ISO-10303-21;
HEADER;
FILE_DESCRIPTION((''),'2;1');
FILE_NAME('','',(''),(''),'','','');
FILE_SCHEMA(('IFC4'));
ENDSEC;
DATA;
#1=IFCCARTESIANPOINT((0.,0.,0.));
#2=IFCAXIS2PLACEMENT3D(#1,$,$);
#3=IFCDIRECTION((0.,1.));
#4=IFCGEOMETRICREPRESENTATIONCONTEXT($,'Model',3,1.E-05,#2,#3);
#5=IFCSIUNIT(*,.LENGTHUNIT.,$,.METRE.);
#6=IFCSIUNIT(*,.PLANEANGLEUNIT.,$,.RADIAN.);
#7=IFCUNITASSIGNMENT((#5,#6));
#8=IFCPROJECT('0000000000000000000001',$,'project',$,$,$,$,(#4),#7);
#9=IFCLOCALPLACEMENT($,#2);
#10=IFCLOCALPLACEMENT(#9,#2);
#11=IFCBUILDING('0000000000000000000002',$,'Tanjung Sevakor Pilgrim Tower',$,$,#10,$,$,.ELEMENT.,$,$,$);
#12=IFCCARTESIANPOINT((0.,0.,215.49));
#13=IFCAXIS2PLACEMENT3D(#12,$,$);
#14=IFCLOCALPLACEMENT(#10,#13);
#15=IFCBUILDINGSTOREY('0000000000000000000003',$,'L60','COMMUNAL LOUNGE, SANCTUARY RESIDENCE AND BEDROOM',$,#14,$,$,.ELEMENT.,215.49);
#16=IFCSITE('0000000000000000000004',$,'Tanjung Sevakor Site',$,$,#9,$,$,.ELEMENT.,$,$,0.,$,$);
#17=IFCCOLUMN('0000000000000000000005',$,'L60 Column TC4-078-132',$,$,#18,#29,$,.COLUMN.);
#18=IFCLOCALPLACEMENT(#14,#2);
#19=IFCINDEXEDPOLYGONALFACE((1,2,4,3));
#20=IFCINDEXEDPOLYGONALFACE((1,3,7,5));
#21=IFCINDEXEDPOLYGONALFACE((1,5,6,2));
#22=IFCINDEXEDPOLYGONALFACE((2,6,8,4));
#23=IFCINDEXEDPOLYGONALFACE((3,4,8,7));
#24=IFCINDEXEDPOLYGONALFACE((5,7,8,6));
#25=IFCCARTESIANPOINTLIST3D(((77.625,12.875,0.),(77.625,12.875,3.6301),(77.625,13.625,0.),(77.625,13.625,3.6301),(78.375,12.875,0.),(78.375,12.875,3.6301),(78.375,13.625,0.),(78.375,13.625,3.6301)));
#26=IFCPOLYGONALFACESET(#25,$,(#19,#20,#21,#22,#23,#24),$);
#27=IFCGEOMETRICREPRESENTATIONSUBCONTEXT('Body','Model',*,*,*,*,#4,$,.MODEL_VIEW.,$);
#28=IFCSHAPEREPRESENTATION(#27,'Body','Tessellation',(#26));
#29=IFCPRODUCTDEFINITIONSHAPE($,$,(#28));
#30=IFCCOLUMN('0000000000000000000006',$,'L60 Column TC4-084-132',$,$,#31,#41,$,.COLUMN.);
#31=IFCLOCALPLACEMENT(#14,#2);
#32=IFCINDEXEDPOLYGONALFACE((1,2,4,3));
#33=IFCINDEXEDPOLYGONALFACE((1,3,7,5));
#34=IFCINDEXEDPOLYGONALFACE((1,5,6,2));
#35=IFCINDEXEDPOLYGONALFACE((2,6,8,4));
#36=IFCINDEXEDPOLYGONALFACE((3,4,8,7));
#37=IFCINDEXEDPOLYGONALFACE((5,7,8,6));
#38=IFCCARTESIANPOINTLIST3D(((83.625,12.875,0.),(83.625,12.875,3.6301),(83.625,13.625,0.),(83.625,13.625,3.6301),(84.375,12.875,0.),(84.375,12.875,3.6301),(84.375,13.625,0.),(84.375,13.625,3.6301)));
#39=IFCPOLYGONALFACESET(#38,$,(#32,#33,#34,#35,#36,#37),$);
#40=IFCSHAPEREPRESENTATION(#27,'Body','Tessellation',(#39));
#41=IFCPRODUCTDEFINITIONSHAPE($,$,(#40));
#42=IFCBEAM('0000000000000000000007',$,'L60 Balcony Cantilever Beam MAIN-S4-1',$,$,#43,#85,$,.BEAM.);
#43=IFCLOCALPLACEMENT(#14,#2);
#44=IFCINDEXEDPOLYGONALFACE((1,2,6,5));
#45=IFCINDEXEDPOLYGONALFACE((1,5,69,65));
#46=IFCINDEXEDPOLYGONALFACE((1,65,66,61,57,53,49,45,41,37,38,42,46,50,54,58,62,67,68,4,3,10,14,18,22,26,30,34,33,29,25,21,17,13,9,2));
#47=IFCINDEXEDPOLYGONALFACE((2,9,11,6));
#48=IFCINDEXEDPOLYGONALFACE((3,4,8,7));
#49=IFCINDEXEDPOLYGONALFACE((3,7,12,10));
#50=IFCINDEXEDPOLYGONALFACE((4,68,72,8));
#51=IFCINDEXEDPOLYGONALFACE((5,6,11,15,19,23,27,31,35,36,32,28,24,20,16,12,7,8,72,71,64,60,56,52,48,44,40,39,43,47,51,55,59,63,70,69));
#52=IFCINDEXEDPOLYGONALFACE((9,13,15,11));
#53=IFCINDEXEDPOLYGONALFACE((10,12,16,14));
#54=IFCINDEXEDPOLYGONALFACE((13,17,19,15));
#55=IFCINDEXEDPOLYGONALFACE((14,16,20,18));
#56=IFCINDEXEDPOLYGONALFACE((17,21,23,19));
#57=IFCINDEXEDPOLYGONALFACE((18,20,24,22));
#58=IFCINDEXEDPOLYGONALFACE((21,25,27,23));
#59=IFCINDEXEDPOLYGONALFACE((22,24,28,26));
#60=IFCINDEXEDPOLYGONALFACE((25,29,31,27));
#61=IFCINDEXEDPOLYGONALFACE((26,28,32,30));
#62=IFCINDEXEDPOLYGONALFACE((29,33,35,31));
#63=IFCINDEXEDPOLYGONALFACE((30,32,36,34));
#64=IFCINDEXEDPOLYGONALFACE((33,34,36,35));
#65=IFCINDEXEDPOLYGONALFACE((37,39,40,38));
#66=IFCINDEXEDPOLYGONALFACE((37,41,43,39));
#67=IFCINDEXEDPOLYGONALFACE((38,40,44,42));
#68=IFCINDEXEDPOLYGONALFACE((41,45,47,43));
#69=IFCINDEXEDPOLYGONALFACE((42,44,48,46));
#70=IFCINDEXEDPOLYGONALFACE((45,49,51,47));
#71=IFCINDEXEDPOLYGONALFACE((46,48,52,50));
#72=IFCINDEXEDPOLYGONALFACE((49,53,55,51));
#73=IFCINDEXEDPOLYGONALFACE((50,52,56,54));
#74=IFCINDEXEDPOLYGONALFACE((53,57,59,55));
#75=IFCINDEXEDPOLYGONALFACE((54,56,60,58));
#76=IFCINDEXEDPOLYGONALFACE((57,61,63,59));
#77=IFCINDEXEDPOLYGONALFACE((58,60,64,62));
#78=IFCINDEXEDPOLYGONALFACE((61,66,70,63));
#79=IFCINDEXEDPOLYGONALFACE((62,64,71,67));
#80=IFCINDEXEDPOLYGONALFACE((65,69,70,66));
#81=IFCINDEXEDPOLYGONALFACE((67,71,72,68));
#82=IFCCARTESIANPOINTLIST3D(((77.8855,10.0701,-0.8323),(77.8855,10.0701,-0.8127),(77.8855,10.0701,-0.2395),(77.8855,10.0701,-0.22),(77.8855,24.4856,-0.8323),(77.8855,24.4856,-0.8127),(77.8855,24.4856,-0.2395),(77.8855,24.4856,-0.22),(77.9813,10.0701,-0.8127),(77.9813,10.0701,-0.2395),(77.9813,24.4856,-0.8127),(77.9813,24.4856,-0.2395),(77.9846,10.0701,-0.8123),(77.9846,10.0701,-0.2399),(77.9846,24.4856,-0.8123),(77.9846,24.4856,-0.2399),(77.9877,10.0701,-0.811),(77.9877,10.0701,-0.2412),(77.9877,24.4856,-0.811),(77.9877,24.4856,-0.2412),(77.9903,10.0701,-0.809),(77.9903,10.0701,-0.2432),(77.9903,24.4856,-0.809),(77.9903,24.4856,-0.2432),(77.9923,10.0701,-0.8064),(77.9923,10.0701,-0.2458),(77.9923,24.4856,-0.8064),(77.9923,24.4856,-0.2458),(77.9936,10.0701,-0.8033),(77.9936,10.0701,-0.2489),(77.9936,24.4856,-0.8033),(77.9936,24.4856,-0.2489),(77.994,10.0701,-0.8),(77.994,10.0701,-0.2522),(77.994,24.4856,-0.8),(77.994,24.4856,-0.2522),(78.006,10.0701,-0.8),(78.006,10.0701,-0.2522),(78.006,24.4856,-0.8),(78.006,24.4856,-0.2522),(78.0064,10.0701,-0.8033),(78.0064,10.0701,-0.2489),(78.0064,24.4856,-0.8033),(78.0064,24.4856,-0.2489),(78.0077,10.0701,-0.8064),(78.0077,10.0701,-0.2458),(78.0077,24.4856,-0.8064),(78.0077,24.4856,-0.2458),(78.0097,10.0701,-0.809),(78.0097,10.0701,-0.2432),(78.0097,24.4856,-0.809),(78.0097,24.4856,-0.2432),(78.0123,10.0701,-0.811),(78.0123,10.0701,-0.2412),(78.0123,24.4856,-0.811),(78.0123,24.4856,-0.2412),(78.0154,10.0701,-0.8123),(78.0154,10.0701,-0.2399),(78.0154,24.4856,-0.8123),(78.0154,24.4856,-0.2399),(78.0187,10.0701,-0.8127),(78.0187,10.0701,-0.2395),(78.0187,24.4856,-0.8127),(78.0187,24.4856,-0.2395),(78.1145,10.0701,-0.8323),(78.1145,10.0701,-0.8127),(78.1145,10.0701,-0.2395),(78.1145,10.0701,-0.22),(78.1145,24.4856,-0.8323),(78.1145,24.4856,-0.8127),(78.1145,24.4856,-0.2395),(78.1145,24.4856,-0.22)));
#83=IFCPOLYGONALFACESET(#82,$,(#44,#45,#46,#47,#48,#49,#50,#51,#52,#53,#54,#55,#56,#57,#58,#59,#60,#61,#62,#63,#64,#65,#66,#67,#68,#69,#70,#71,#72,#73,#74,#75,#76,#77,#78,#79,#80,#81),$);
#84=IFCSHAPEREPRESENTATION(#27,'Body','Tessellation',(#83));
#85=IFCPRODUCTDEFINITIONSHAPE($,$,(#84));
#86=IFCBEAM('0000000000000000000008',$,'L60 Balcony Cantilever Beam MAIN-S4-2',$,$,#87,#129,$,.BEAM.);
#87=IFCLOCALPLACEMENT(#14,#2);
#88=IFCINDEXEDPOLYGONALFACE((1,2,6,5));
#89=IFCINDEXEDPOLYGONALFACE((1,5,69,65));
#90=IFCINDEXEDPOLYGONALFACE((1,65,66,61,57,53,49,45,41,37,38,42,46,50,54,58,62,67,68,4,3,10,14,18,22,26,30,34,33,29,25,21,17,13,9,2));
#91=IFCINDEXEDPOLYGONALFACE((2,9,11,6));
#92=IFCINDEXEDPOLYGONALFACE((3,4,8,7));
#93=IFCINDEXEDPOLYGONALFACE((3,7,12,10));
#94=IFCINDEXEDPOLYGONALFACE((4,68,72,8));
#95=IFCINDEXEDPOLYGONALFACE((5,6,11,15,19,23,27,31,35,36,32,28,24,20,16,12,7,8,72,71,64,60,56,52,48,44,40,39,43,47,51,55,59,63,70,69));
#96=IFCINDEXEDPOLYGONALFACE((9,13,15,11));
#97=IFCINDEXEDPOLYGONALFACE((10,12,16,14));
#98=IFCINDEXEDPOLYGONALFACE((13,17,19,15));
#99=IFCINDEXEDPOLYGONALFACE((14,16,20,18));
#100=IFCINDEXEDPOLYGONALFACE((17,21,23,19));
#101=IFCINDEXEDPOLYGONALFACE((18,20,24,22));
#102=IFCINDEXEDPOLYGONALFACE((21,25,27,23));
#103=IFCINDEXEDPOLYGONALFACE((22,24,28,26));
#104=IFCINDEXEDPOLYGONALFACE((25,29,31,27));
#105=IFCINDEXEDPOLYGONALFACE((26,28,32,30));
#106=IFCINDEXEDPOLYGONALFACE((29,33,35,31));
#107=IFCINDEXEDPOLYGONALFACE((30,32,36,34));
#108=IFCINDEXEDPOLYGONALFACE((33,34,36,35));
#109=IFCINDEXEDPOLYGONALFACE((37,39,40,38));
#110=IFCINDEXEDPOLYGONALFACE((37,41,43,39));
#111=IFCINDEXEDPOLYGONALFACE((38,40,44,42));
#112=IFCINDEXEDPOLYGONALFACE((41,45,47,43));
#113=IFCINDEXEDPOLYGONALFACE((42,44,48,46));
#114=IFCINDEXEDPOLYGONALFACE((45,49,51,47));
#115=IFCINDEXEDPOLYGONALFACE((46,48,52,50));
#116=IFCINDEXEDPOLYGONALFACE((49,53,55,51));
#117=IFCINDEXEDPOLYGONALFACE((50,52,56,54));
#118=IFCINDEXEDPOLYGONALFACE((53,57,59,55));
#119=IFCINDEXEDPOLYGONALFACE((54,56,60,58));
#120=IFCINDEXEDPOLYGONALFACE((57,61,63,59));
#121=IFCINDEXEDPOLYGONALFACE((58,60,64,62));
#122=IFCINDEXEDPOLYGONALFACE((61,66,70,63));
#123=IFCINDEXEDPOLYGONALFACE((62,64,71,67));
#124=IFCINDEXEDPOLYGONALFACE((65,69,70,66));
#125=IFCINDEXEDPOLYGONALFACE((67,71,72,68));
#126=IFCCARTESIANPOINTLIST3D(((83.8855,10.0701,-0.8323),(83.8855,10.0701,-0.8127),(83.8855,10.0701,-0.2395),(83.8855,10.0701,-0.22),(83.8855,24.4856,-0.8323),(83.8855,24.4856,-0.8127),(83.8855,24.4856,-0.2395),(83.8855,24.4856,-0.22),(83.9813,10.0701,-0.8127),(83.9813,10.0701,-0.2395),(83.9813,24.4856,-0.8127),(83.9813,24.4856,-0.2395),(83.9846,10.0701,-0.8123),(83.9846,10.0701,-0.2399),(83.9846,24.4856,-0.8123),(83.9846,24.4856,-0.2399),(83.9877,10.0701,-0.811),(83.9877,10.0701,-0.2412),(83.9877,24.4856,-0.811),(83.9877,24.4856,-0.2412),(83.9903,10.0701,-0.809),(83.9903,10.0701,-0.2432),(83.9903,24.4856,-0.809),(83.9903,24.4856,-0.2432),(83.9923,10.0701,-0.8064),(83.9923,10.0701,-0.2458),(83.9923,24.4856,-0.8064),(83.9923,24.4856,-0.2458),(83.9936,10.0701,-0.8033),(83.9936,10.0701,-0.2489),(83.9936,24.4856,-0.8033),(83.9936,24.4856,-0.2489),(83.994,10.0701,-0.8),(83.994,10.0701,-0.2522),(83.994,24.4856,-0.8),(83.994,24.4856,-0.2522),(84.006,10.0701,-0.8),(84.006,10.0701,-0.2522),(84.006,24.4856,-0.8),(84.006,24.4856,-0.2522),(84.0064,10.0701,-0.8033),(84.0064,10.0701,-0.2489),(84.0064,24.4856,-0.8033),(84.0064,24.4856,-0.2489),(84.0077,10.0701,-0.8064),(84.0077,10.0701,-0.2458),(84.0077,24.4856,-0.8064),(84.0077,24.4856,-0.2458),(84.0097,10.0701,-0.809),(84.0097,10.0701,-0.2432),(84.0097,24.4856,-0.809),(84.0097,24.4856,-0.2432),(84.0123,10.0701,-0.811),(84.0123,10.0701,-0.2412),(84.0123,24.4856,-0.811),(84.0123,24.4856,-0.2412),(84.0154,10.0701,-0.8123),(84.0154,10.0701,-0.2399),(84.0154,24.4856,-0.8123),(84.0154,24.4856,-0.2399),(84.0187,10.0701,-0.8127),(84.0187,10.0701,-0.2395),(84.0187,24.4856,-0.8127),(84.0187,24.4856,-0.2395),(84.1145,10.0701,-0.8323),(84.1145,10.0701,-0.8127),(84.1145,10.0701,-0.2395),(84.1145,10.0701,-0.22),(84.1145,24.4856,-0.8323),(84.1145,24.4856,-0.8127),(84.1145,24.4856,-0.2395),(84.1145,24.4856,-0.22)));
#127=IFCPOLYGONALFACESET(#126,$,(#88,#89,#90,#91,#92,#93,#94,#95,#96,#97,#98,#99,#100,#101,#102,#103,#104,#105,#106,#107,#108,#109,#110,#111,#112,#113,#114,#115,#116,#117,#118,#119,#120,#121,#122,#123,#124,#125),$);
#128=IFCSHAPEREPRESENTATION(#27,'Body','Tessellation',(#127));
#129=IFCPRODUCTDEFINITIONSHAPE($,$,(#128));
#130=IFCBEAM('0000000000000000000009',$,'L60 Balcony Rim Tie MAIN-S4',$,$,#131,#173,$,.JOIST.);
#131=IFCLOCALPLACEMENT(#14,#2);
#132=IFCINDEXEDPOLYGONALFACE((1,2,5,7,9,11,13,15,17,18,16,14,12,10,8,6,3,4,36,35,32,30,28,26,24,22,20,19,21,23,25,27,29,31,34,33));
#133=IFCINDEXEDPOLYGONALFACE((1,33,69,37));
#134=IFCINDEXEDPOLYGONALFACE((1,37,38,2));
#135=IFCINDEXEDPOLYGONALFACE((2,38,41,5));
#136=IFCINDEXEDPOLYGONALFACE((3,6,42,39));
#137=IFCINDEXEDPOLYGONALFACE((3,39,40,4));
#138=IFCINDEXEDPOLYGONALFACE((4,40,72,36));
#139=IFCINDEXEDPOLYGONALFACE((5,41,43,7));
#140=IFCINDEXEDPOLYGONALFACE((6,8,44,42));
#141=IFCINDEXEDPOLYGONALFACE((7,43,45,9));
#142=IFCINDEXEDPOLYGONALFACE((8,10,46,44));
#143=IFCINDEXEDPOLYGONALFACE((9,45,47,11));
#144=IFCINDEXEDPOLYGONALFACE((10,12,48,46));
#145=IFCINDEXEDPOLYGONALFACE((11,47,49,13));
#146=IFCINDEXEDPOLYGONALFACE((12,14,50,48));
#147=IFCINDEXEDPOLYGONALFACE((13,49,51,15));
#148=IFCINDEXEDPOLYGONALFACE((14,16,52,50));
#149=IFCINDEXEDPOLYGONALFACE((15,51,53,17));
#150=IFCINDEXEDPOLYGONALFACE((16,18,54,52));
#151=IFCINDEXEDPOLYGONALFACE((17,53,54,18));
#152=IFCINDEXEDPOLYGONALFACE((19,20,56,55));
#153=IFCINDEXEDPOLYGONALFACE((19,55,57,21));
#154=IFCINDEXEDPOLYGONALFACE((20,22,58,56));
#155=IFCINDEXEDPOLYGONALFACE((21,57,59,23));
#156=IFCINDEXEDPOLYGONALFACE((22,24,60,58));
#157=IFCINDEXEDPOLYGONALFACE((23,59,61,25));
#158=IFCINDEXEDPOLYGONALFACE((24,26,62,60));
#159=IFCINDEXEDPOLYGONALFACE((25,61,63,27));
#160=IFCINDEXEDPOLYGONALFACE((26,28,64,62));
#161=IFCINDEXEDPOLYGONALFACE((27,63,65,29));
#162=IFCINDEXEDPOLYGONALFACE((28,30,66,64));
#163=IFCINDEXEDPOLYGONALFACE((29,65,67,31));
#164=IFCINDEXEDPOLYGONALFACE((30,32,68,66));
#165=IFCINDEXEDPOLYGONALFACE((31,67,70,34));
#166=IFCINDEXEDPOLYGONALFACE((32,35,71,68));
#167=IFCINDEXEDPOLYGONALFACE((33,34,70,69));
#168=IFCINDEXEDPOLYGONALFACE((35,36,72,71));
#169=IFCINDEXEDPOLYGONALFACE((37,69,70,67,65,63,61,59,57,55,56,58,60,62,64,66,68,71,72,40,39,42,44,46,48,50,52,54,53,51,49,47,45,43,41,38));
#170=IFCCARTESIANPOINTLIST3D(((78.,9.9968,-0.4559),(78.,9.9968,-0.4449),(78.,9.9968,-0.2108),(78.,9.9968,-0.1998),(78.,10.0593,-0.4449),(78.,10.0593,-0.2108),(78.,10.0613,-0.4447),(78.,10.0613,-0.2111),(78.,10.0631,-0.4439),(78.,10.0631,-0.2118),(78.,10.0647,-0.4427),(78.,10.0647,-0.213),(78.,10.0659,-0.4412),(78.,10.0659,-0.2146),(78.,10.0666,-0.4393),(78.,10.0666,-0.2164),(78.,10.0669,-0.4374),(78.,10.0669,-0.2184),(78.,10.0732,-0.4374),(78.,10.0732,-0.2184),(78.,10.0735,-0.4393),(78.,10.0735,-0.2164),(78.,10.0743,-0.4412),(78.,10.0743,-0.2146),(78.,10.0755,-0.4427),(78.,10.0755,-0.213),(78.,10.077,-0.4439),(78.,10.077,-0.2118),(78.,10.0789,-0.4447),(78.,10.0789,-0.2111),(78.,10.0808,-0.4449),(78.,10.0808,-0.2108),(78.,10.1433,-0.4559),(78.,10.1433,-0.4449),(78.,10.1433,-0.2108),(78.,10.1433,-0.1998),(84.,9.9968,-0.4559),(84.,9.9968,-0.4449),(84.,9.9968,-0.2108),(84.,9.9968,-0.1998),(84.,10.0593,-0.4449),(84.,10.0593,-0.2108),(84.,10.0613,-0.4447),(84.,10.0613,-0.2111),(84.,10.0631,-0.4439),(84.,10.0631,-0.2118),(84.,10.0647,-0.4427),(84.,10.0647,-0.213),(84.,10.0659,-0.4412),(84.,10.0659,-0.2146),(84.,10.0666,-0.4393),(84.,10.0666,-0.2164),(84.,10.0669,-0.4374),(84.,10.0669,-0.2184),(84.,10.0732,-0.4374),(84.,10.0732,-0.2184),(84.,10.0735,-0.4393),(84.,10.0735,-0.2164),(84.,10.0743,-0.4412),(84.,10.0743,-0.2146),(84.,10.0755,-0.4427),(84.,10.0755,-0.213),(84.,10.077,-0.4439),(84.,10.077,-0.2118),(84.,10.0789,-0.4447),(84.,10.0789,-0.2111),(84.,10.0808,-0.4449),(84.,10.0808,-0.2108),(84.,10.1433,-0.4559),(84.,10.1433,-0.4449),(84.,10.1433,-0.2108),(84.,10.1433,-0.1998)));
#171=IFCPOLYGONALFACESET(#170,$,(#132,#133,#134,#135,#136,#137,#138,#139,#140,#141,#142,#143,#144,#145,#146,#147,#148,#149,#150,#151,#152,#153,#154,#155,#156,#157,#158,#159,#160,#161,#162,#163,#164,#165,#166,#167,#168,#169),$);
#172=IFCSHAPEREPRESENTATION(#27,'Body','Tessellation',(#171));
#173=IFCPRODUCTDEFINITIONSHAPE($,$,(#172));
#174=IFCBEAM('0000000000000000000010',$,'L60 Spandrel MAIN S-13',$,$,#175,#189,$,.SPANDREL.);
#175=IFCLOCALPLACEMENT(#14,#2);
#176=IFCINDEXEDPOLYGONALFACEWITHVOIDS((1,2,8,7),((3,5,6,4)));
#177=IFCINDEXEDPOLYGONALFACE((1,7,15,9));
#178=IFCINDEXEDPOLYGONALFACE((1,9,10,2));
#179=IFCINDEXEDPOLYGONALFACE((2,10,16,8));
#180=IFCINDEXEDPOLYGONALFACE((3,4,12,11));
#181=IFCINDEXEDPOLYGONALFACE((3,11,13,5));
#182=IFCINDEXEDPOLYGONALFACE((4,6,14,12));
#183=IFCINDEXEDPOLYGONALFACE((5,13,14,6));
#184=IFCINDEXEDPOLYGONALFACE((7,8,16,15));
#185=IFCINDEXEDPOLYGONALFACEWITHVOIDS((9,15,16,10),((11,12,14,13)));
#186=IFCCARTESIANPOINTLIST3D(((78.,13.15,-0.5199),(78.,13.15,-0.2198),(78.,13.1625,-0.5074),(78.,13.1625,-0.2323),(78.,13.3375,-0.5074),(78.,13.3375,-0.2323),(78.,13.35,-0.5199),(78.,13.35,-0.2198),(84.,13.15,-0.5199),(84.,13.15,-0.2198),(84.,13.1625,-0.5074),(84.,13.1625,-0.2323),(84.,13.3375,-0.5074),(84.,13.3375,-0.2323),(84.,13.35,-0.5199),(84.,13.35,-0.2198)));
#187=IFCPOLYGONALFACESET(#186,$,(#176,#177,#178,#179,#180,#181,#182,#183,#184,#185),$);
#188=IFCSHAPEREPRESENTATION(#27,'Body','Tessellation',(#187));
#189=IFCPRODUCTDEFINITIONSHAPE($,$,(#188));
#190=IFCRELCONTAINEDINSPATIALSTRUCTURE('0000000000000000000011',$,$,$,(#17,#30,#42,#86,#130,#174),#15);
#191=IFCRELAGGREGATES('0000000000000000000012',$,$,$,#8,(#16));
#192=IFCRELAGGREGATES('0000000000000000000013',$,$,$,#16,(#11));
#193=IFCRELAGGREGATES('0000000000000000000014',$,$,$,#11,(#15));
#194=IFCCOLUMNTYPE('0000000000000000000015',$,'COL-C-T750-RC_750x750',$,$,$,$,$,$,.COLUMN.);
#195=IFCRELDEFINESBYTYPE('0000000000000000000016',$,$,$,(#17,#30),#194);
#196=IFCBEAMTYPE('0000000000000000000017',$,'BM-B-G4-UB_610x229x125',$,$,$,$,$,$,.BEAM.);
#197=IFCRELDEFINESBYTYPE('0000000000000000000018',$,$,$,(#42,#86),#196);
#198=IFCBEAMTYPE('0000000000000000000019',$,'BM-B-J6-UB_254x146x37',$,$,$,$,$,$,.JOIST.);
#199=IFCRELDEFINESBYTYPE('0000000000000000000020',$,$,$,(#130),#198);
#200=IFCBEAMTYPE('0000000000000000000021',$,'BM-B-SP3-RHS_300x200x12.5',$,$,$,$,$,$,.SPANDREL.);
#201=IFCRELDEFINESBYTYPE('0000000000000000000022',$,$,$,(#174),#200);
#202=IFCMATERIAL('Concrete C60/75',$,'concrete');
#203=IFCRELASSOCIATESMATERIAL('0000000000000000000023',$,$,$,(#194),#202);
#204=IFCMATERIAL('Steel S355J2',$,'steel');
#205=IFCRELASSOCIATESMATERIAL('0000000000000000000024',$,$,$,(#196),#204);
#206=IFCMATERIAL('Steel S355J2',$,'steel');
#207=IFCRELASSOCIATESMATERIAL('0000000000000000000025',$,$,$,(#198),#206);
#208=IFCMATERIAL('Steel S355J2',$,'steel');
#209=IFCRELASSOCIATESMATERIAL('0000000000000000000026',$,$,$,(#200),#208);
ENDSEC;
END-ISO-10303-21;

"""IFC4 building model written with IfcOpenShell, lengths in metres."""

from ifc_helpers import new_model, si_unit, direction, frame, origin, origin_2d, place, context, subcontext, project, spatial, rectangle, hollow_rectangle, i_section, extrude, material, material_profile, profile_set, type_object, element, save


model = new_model("IFC4")

# Units and contexts
model_context = context("Model", 3, precision=1e-05, world=origin(), true_north=direction((0.0, 1.0)))
body_context = subcontext(model_context, "Body", "Model", "MODEL_VIEW")
ifc_project = project(units=[si_unit("LENGTHUNIT", "METRE"), si_unit("PLANEANGLEUNIT", "RADIAN")], contexts=[model_context])

# Site, building, storey
site_placement = place(None, origin())
site = spatial("IfcSite", under=ifc_project, at=site_placement, Name="Tanjung Sevakor Site", CompositionType="ELEMENT", RefElevation=0.0)
building_placement = place(site_placement, origin())
building = spatial("IfcBuilding", under=site, at=building_placement, Name="Tanjung Sevakor Pilgrim Tower", CompositionType="ELEMENT")
storey_placement = place(building_placement, frame((0.0, 0.0, 215.49)))
storey = spatial("IfcBuildingStorey", under=building, at=storey_placement, Name="L60", Description="COMMUNAL LOUNGE, SANCTUARY RESIDENCE AND BEDROOM", CompositionType="ELEMENT", Elevation=215.49)

# Columns
ifc_material_1 = material(Name="Concrete C60/75", Category="concrete")
ifc_material_profile_1 = material_profile(ifc_material_1, rectangle(XDim=0.75, YDim=0.75, at=origin_2d()))
ifc_profile_set_1 = profile_set([ifc_material_profile_1], Name="Concrete C60/75")
column_type = type_object("IfcColumnType", Name="COL-C-T750-RC_750x750", PredefinedType="COLUMN", material=ifc_profile_set_1)
for number, where, z_axis, x_axis, name in (
    (1, (78.0, 13.25, 0.0), (0.0, 0.0, 1.0), (1.0, 0.0, 0.0), "L60 Column TC4-078-132"),
    (2, (84.0, 13.25, 0.0), (0.0, 0.0, 1.0), (1.0, 0.0, 0.0), "L60 Column TC4-084-132"),
):
    element("IfcColumn", number, at=place(storey_placement, frame(where, z_axis=z_axis, x_axis=x_axis)), inside=storey, type_object=column_type, Name=name, PredefinedType="COLUMN", context=body_context, shape_type="SweptSolid", body=[
        extrude(rectangle(XDim=0.75, YDim=0.75, at=origin_2d()), origin(), (0.0, 0.0, 1.0), 3.6301),
    ])

# Beams
ifc_material_2 = material(Name="Steel S355J2", Category="steel")
ifc_material_profile_2 = material_profile(ifc_material_2, i_section(OverallWidth=0.229, OverallDepth=0.6123, WebThickness=0.012, FlangeThickness=0.0195, FilletRadius=0.0127, at=origin_2d()))
ifc_profile_set_2 = profile_set([ifc_material_profile_2], Name="Steel S355J2")
beam_type_1 = type_object("IfcBeamType", Name="BM-B-G4-UB_610x229x125", PredefinedType="BEAM", material=ifc_profile_set_2)
for number, where, z_axis, x_axis, name in (
    (3, (78.0, 24.4856, -0.5261), (0.0, -1.0, 0.0), (1.0, 0.0, 0.0), "L60 Balcony Cantilever Beam MAIN-S4-1"),
    (4, (84.0, 24.4856, -0.5261), (0.0, -1.0, 0.0), (1.0, 0.0, 0.0), "L60 Balcony Cantilever Beam MAIN-S4-2"),
):
    element("IfcBeam", number, at=place(storey_placement, frame(where, z_axis=z_axis, x_axis=x_axis)), inside=storey, type_object=beam_type_1, Name=name, PredefinedType="BEAM", context=body_context, shape_type="SweptSolid", body=[
        extrude(i_section(OverallWidth=0.229, OverallDepth=0.6123, WebThickness=0.012, FlangeThickness=0.0195, FilletRadius=0.0127, at=origin_2d()), origin(), (0.0, 0.0, 1.0), 14.4155),
    ])
ifc_material_3 = material(Name="Steel S355J2", Category="steel")
ifc_material_profile_3 = material_profile(ifc_material_3, i_section(OverallWidth=0.1465, OverallDepth=0.2561, WebThickness=0.0063, FlangeThickness=0.011, FilletRadius=0.0076, at=origin_2d()))
ifc_profile_set_3 = profile_set([ifc_material_profile_3], Name="Steel S355J2")
beam_type_2 = type_object("IfcBeamType", Name="BM-B-J6-UB_254x146x37", PredefinedType="JOIST", material=ifc_profile_set_3)
beam_placement = place(storey_placement, frame((78.0, 10.0701, -0.3279), z_axis=(1.0, 0.0, 0.0), x_axis=(0.0, 1.0, 0.0)))
element("IfcBeam", 5, at=beam_placement, inside=storey, type_object=beam_type_2, Name="L60 Balcony Rim Tie MAIN-S4", PredefinedType="JOIST", context=body_context, shape_type="SweptSolid", body=[
    extrude(i_section(OverallWidth=0.1465, OverallDepth=0.2561, WebThickness=0.0063, FlangeThickness=0.011, FilletRadius=0.0076, at=origin_2d()), origin(), (0.0, 0.0, 1.0), 6.0),
])
ifc_material_4 = material(Name="Steel S355J2", Category="steel")
ifc_material_profile_4 = material_profile(ifc_material_4, hollow_rectangle(XDim=0.2, YDim=0.3, WallThickness=0.0125, at=origin_2d()))
ifc_profile_set_4 = profile_set([ifc_material_profile_4], Name="Steel S355J2")
beam_type_3 = type_object("IfcBeamType", Name="BM-B-SP3-RHS_300x200x12.5", PredefinedType="SPANDREL", material=ifc_profile_set_4)
for number, where, z_axis, x_axis, name in (
    (6, (78.0, 13.25, -0.3699), (1.0, 0.0, 0.0), (0.0, 1.0, 0.0), "L60 Spandrel MAIN S-13"),
):
    element("IfcBeam", number, at=place(storey_placement, frame(where, z_axis=z_axis, x_axis=x_axis)), inside=storey, type_object=beam_type_3, Name=name, PredefinedType="SPANDREL", context=body_context, shape_type="SweptSolid", body=[
        extrude(hollow_rectangle(XDim=0.2, YDim=0.3, WallThickness=0.0125, at=origin_2d()), origin(), (0.0, 0.0, 1.0), 6.0),
    ])

save(model, "model.ifc")
